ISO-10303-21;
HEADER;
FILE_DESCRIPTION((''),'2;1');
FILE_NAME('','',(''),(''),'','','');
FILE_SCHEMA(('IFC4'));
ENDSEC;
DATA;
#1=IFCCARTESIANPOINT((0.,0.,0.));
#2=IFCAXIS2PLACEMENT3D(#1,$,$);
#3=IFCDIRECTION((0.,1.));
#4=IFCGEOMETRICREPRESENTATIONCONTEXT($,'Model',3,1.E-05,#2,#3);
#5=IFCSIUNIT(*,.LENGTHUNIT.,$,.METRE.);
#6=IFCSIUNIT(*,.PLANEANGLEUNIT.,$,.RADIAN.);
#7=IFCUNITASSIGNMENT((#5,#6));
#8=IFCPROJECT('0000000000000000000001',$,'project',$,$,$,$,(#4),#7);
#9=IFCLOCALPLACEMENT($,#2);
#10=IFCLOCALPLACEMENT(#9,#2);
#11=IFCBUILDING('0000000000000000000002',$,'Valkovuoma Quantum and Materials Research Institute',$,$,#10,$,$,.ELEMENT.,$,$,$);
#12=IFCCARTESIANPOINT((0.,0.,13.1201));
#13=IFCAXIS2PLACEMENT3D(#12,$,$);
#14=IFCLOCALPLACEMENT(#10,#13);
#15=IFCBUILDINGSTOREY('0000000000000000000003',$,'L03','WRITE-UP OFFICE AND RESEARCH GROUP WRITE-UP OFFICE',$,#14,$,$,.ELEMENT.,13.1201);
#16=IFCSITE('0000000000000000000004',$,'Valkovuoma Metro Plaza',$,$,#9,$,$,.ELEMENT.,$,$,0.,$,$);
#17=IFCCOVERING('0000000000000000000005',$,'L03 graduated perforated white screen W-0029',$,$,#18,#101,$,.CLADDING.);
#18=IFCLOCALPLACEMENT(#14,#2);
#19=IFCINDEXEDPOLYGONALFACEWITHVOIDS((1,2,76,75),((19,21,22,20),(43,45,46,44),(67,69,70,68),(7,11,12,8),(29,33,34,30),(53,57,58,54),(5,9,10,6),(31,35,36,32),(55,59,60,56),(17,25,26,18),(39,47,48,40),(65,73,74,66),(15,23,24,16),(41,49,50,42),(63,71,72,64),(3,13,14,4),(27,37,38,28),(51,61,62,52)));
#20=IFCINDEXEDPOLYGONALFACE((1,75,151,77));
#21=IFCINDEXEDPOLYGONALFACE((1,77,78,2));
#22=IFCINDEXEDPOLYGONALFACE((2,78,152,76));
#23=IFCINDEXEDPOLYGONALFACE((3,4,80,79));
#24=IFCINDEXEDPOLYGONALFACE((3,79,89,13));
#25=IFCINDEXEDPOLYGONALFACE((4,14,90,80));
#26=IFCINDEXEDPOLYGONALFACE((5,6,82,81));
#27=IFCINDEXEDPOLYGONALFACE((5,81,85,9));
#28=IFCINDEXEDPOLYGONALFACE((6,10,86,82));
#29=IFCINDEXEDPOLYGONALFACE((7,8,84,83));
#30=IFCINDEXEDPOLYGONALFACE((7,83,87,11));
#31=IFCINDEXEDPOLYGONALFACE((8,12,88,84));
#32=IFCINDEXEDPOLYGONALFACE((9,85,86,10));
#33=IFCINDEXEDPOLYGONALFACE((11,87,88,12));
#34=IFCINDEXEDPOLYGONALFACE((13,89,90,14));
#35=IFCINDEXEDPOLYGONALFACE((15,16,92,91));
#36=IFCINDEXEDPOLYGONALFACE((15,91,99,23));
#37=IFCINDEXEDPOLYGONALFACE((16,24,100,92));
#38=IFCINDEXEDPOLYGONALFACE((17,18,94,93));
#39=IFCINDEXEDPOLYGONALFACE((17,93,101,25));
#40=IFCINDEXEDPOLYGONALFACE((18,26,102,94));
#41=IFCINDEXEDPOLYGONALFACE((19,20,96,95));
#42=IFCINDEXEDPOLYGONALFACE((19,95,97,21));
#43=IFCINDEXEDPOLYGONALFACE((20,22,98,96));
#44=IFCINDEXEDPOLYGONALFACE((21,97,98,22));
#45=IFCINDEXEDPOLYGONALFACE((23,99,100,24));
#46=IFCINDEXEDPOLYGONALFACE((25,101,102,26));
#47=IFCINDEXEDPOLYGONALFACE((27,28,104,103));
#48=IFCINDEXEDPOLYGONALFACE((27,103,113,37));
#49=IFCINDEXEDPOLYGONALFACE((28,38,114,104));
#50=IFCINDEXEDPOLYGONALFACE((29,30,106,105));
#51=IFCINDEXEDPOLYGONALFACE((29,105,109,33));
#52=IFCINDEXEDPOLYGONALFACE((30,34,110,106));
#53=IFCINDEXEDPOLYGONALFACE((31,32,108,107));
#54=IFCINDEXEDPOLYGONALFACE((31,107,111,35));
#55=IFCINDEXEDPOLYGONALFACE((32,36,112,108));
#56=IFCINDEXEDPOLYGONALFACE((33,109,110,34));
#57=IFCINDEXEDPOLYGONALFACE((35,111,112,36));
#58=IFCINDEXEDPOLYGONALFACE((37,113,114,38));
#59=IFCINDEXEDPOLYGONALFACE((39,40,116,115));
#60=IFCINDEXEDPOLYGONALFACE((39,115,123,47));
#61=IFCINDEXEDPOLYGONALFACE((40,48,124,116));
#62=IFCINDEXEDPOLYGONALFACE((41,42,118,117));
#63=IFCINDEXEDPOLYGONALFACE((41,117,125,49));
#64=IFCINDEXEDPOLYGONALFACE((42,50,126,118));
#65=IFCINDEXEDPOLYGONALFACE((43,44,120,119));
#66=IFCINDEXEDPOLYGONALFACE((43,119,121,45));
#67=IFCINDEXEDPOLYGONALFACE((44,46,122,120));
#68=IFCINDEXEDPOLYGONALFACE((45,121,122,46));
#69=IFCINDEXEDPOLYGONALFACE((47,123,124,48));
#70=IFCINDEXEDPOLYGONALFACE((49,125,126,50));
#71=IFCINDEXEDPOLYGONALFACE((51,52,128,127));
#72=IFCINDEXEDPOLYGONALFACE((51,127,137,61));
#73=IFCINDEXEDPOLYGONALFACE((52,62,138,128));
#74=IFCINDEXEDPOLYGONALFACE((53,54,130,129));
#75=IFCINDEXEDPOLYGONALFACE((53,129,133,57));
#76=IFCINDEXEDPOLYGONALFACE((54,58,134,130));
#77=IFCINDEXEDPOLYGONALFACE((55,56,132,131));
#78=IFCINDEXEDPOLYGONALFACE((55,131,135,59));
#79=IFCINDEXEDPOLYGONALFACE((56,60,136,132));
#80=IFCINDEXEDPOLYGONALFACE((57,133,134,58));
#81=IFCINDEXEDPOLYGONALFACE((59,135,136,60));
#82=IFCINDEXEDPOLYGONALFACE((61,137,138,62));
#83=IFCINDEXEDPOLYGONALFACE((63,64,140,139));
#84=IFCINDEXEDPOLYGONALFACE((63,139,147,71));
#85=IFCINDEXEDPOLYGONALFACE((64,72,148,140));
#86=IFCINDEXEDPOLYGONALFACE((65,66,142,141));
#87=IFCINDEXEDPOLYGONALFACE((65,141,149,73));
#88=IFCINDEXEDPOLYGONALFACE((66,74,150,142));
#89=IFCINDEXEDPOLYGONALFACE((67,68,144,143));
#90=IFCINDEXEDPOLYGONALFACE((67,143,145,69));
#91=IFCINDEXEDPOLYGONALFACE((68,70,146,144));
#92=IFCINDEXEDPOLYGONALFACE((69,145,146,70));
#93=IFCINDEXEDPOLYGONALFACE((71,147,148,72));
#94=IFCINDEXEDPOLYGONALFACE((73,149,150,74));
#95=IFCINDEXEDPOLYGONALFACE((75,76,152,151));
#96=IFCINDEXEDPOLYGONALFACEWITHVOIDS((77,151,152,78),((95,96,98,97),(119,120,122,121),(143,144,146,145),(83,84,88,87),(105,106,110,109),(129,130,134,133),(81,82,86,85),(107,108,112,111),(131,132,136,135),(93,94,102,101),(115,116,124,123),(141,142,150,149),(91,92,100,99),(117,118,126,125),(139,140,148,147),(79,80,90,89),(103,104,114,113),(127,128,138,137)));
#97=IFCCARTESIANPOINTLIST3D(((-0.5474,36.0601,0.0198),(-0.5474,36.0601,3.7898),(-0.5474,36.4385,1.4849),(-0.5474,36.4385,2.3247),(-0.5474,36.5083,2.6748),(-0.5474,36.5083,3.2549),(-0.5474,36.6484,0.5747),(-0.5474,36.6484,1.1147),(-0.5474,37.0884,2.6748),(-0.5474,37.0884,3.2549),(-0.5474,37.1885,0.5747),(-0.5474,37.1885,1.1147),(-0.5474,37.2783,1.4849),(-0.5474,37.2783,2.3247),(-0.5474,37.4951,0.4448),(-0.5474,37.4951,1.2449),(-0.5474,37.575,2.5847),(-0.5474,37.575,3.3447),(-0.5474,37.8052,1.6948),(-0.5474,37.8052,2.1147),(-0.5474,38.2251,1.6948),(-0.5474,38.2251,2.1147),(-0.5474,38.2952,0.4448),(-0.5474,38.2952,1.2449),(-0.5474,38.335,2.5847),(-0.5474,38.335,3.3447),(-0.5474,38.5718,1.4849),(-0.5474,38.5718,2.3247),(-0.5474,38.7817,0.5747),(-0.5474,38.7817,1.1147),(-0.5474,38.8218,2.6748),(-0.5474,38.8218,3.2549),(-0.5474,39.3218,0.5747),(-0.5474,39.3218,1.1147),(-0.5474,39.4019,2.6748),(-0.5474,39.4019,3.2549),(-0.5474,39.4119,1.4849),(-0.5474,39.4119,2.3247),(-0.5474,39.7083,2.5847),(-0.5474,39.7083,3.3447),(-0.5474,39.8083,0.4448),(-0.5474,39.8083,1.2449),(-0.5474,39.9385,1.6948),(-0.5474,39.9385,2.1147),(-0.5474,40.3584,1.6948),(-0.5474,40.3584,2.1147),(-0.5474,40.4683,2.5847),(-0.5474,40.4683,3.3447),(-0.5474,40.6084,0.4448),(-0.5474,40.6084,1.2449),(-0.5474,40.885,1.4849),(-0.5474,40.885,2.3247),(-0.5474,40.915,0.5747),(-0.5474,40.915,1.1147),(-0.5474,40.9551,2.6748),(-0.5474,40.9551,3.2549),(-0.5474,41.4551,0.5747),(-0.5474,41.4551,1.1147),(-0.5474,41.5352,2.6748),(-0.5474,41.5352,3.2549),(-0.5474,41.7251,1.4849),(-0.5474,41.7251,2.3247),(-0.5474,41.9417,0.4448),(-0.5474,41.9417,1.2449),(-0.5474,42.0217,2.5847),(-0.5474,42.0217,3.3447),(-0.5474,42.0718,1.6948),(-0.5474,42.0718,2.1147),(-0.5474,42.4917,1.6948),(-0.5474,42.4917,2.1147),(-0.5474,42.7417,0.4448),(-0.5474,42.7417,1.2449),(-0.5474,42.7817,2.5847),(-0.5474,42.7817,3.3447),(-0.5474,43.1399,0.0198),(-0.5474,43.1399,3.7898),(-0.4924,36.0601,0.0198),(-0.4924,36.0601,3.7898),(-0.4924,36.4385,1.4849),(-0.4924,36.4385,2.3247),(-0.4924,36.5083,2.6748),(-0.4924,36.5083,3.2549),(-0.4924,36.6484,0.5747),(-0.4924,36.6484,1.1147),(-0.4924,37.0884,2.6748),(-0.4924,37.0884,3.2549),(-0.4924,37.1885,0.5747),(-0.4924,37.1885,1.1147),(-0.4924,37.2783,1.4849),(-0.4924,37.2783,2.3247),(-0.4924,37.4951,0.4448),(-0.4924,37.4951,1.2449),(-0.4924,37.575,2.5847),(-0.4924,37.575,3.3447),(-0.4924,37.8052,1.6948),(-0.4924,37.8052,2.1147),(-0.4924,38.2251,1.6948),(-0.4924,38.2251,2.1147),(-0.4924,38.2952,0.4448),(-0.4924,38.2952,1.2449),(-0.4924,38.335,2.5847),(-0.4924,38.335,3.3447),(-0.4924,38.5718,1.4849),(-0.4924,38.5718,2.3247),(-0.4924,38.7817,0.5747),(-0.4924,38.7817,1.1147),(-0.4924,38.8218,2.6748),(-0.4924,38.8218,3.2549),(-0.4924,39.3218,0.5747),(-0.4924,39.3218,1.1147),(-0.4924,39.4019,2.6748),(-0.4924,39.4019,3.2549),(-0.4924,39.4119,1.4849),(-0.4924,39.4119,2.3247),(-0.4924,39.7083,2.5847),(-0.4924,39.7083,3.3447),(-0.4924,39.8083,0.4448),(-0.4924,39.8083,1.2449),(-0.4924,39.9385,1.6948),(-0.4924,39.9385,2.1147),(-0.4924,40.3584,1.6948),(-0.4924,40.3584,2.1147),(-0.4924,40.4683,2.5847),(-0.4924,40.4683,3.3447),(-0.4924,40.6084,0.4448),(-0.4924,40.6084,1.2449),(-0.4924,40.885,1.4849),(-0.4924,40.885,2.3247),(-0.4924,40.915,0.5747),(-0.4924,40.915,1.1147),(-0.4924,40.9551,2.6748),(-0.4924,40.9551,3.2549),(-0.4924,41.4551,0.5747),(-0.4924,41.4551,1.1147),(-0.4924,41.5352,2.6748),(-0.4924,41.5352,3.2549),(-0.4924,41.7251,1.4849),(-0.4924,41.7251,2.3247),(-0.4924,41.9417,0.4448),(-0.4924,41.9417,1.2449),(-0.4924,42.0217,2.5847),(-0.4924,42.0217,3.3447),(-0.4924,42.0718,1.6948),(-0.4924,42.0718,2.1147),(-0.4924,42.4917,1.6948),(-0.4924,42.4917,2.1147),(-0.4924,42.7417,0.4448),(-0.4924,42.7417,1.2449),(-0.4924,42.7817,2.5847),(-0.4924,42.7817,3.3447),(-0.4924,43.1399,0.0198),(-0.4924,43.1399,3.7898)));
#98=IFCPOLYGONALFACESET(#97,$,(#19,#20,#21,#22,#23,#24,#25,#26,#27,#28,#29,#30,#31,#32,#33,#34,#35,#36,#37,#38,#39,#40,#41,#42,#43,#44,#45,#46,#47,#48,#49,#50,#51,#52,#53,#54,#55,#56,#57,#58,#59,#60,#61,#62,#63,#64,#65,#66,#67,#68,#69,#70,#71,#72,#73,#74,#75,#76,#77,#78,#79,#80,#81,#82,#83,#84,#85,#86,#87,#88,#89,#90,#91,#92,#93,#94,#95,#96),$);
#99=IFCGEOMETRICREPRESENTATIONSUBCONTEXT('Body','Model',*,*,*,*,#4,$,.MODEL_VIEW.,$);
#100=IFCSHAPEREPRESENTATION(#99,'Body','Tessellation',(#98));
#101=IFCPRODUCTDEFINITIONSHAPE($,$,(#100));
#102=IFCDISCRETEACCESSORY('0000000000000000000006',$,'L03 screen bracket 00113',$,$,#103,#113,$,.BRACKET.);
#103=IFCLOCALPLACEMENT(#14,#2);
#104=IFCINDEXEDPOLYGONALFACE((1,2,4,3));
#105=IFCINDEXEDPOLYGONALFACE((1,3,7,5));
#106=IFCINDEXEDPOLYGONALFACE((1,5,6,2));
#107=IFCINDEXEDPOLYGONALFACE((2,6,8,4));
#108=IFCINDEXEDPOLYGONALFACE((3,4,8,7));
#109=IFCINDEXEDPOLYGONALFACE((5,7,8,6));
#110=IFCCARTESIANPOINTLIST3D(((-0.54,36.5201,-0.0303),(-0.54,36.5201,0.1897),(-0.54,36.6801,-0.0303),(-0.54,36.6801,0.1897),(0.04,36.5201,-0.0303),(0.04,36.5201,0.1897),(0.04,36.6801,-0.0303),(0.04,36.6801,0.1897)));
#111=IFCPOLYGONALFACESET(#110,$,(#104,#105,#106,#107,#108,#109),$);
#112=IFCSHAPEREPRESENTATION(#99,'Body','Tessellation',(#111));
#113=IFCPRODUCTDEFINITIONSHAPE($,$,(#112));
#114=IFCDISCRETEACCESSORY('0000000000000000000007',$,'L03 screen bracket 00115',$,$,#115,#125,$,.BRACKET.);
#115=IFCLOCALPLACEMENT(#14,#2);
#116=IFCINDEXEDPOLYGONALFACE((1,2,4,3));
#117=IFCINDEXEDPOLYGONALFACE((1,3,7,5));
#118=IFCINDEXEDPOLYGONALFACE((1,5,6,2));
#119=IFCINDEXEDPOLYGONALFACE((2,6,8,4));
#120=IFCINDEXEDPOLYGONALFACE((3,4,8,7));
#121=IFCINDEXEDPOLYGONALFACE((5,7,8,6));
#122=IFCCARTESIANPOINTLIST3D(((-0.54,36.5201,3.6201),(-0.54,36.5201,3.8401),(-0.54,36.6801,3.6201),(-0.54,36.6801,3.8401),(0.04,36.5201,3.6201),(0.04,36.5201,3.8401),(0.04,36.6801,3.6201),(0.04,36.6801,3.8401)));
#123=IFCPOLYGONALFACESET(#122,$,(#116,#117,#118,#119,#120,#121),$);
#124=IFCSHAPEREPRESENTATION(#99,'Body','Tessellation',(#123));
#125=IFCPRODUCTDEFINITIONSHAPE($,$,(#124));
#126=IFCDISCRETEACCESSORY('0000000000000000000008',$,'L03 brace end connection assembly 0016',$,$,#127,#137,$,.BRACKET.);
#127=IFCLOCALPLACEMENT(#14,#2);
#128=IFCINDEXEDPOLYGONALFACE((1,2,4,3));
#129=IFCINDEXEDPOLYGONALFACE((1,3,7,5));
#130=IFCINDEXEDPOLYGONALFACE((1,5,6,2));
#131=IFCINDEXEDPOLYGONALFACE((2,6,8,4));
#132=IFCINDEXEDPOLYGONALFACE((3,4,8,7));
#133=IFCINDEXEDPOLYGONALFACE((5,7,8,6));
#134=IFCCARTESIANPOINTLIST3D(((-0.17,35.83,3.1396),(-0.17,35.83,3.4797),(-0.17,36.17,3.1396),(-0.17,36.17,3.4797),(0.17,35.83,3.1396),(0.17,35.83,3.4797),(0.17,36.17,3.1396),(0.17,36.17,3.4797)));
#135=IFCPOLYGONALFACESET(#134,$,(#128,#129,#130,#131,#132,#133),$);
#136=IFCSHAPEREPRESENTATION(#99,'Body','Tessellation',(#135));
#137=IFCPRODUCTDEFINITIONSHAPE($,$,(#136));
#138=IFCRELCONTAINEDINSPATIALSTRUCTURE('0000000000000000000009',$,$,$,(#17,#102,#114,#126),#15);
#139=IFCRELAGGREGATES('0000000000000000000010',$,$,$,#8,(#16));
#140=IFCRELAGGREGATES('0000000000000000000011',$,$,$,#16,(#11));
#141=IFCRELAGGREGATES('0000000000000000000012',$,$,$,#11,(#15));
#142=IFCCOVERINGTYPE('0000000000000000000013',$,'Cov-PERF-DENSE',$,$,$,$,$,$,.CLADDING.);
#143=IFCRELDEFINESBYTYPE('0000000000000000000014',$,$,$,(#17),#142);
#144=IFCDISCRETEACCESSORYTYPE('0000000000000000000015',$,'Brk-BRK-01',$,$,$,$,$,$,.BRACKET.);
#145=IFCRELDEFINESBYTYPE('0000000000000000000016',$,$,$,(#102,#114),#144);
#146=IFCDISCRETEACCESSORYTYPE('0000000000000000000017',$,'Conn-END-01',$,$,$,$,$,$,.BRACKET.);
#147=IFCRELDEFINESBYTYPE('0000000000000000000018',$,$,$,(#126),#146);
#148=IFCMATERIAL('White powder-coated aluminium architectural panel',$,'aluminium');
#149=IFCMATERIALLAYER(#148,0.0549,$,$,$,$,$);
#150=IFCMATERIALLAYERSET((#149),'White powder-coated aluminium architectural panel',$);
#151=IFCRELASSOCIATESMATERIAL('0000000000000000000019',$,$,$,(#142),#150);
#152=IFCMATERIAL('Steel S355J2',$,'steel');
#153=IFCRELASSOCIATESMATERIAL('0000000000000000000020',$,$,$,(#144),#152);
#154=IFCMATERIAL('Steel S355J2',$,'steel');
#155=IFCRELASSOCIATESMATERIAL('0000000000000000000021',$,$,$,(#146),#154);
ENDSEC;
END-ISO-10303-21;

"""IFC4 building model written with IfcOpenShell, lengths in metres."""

from ifc_helpers import new_model, si_unit, direction, frame, origin, origin_2d, place, context, subcontext, project, spatial, polyline, rectangle, outline, extrude, material, layer, layer_set, type_object, element, save


model = new_model("IFC4")

# Units and contexts
model_context = context("Model", 3, precision=1e-05, world=origin(), true_north=direction((0.0, 1.0)))
body_context = subcontext(model_context, "Body", "Model", "MODEL_VIEW")
ifc_project = project(units=[si_unit("LENGTHUNIT", "METRE"), si_unit("PLANEANGLEUNIT", "RADIAN")], contexts=[model_context])

# Site, building, storey
site_placement = place(None, origin())
site = spatial("IfcSite", under=ifc_project, at=site_placement, Name="Valkovuoma Metro Plaza", CompositionType="ELEMENT", RefElevation=0.0)
building_placement = place(site_placement, origin())
building = spatial("IfcBuilding", under=site, at=building_placement, Name="Valkovuoma Quantum and Materials Research Institute", CompositionType="ELEMENT")
storey_placement = place(building_placement, frame((0.0, 0.0, 13.1201)))
storey = spatial("IfcBuildingStorey", under=building, at=storey_placement, Name="L03", Description="WRITE-UP OFFICE AND RESEARCH GROUP WRITE-UP OFFICE", CompositionType="ELEMENT", Elevation=13.1201)

# Covering
ifc_material_1 = material(Name="White powder-coated aluminium architectural panel", Category="aluminium")
ifc_layer_1 = layer(ifc_material_1, 0.0549)
ifc_layer_set_1 = layer_set([ifc_layer_1], Name="White powder-coated aluminium architectural panel")
covering_type = type_object("IfcCoveringType", Name="Cov-PERF-DENSE", PredefinedType="CLADDING", material=ifc_layer_set_1)
covering_placement = place(storey_placement, frame((-0.52, 36.0601, 0.0198), z_axis=(0.0, 0.0, 1.0), x_axis=(0.0, 1.0, 0.0)))
element("IfcCovering", 1, at=covering_placement, inside=storey, type_object=covering_type, Name="L03 graduated perforated white screen W-0029", PredefinedType="CLADDING", context=body_context, shape_type="SweptSolid", body=[
    extrude(outline(polyline([(0.0, 0.0), (7.0798, 0.0), (7.0798, 3.77), (0.0, 3.77), (0.0, 0.0)]), holes=[polyline([(0.5884, 0.5549), (0.5884, 1.095), (1.1284, 1.095), (1.1284, 0.5549), (0.5884, 0.5549)]), polyline([(0.3784, 1.4651), (0.3784, 2.3049), (1.2183, 2.3049), (1.2183, 1.4651), (0.3784, 1.4651)]), polyline([(0.4482, 2.655), (0.4482, 3.2351), (1.0283, 3.2351), (1.0283, 2.655), (0.4482, 2.655)]), polyline([(1.4351, 0.425), (1.4351, 1.2251), (2.2351, 1.2251), (2.2351, 0.425), (1.4351, 0.425)]), polyline([(1.7451, 1.675), (1.7451, 2.095), (2.165, 2.095), (2.165, 1.675), (1.7451, 1.675)]), polyline([(1.5149, 2.5649), (1.5149, 3.325), (2.2749, 3.325), (2.2749, 2.5649), (1.5149, 2.5649)]), polyline([(2.7217, 0.5549), (2.7217, 1.095), (3.2617, 1.095), (3.2617, 0.5549), (2.7217, 0.5549)]), polyline([(2.5117, 1.4651), (2.5117, 2.3049), (3.3518, 2.3049), (3.3518, 1.4651), (2.5117, 1.4651)]), polyline([(2.7617, 2.655), (2.7617, 3.2351), (3.3418, 3.2351), (3.3418, 2.655), (2.7617, 2.655)]), polyline([(3.7483, 0.425), (3.7483, 1.2251), (4.5483, 1.2251), (4.5483, 0.425), (3.7483, 0.425)]), polyline([(3.8784, 1.675), (3.8784, 2.095), (4.2983, 2.095), (4.2983, 1.675), (3.8784, 1.675)]), polyline([(3.6482, 2.5649), (3.6482, 3.325), (4.4082, 3.325), (4.4082, 2.5649), (3.6482, 2.5649)]), polyline([(4.855, 0.5549), (4.855, 1.095), (5.395, 1.095), (5.395, 0.5549), (4.855, 0.5549)]), polyline([(4.825, 1.4651), (4.825, 2.3049), (5.665, 2.3049), (5.665, 1.4651), (4.825, 1.4651)]), polyline([(4.895, 2.655), (4.895, 3.2351), (5.4751, 3.2351), (5.4751, 2.655), (4.895, 2.655)]), polyline([(5.8816, 0.425), (5.8816, 1.2251), (6.6816, 1.2251), (6.6816, 0.425), (5.8816, 0.425)]), polyline([(6.0117, 1.675), (6.0117, 2.095), (6.4316, 2.095), (6.4316, 1.675), (6.0117, 1.675)]), polyline([(5.9617, 2.5649), (5.9617, 3.325), (6.7217, 3.325), (6.7217, 2.5649), (5.9617, 2.5649)])]), frame((0.0, 0.0273, 0.0), z_axis=(0.0, -1.0, 0.0), x_axis=(1.0, 0.0, 0.0)), (0.0, 0.0, 1.0), 0.0549),
])

# Discrete accessories
ifc_material_2 = material(Name="Steel S355J2", Category="steel")
discrete_accessory_type_1 = type_object("IfcDiscreteAccessoryType", Name="Brk-BRK-01", PredefinedType="BRACKET", material=ifc_material_2)
for number, where, z_axis, x_axis, name in (
    (2, (-0.25, 36.6001, -0.0303), (0.0, 0.0, 1.0), (1.0, 0.0, 0.0), "L03 screen bracket 00113"),
    (3, (-0.25, 36.6001, 3.6201), (0.0, 0.0, 1.0), (1.0, 0.0, 0.0), "L03 screen bracket 00115"),
):
    element("IfcDiscreteAccessory", number, at=place(storey_placement, frame(where, z_axis=z_axis, x_axis=x_axis)), inside=storey, type_object=discrete_accessory_type_1, Name=name, PredefinedType="BRACKET", context=body_context, shape_type="SweptSolid", body=[
        extrude(rectangle(XDim=0.5801, YDim=0.1599, at=origin_2d()), origin(), (0.0, 0.0, 1.0), 0.22),
    ])
ifc_material_3 = material(Name="Steel S355J2", Category="steel")
discrete_accessory_type_2 = type_object("IfcDiscreteAccessoryType", Name="Conn-END-01", PredefinedType="BRACKET", material=ifc_material_3)
discrete_accessory_placement = place(storey_placement, frame((0.0, 36.0, 3.1396), z_axis=(0.0, 0.0, 1.0), x_axis=(1.0, 0.0, 0.0)))
element("IfcDiscreteAccessory", 4, at=discrete_accessory_placement, inside=storey, type_object=discrete_accessory_type_2, Name="L03 brace end connection assembly 0016", PredefinedType="BRACKET", context=body_context, shape_type="SweptSolid", body=[
    extrude(rectangle(XDim=0.3401, YDim=0.3401, at=origin_2d()), origin(), (0.0, 0.0, 1.0), 0.3401),
])

save(model, "model.ifc")
